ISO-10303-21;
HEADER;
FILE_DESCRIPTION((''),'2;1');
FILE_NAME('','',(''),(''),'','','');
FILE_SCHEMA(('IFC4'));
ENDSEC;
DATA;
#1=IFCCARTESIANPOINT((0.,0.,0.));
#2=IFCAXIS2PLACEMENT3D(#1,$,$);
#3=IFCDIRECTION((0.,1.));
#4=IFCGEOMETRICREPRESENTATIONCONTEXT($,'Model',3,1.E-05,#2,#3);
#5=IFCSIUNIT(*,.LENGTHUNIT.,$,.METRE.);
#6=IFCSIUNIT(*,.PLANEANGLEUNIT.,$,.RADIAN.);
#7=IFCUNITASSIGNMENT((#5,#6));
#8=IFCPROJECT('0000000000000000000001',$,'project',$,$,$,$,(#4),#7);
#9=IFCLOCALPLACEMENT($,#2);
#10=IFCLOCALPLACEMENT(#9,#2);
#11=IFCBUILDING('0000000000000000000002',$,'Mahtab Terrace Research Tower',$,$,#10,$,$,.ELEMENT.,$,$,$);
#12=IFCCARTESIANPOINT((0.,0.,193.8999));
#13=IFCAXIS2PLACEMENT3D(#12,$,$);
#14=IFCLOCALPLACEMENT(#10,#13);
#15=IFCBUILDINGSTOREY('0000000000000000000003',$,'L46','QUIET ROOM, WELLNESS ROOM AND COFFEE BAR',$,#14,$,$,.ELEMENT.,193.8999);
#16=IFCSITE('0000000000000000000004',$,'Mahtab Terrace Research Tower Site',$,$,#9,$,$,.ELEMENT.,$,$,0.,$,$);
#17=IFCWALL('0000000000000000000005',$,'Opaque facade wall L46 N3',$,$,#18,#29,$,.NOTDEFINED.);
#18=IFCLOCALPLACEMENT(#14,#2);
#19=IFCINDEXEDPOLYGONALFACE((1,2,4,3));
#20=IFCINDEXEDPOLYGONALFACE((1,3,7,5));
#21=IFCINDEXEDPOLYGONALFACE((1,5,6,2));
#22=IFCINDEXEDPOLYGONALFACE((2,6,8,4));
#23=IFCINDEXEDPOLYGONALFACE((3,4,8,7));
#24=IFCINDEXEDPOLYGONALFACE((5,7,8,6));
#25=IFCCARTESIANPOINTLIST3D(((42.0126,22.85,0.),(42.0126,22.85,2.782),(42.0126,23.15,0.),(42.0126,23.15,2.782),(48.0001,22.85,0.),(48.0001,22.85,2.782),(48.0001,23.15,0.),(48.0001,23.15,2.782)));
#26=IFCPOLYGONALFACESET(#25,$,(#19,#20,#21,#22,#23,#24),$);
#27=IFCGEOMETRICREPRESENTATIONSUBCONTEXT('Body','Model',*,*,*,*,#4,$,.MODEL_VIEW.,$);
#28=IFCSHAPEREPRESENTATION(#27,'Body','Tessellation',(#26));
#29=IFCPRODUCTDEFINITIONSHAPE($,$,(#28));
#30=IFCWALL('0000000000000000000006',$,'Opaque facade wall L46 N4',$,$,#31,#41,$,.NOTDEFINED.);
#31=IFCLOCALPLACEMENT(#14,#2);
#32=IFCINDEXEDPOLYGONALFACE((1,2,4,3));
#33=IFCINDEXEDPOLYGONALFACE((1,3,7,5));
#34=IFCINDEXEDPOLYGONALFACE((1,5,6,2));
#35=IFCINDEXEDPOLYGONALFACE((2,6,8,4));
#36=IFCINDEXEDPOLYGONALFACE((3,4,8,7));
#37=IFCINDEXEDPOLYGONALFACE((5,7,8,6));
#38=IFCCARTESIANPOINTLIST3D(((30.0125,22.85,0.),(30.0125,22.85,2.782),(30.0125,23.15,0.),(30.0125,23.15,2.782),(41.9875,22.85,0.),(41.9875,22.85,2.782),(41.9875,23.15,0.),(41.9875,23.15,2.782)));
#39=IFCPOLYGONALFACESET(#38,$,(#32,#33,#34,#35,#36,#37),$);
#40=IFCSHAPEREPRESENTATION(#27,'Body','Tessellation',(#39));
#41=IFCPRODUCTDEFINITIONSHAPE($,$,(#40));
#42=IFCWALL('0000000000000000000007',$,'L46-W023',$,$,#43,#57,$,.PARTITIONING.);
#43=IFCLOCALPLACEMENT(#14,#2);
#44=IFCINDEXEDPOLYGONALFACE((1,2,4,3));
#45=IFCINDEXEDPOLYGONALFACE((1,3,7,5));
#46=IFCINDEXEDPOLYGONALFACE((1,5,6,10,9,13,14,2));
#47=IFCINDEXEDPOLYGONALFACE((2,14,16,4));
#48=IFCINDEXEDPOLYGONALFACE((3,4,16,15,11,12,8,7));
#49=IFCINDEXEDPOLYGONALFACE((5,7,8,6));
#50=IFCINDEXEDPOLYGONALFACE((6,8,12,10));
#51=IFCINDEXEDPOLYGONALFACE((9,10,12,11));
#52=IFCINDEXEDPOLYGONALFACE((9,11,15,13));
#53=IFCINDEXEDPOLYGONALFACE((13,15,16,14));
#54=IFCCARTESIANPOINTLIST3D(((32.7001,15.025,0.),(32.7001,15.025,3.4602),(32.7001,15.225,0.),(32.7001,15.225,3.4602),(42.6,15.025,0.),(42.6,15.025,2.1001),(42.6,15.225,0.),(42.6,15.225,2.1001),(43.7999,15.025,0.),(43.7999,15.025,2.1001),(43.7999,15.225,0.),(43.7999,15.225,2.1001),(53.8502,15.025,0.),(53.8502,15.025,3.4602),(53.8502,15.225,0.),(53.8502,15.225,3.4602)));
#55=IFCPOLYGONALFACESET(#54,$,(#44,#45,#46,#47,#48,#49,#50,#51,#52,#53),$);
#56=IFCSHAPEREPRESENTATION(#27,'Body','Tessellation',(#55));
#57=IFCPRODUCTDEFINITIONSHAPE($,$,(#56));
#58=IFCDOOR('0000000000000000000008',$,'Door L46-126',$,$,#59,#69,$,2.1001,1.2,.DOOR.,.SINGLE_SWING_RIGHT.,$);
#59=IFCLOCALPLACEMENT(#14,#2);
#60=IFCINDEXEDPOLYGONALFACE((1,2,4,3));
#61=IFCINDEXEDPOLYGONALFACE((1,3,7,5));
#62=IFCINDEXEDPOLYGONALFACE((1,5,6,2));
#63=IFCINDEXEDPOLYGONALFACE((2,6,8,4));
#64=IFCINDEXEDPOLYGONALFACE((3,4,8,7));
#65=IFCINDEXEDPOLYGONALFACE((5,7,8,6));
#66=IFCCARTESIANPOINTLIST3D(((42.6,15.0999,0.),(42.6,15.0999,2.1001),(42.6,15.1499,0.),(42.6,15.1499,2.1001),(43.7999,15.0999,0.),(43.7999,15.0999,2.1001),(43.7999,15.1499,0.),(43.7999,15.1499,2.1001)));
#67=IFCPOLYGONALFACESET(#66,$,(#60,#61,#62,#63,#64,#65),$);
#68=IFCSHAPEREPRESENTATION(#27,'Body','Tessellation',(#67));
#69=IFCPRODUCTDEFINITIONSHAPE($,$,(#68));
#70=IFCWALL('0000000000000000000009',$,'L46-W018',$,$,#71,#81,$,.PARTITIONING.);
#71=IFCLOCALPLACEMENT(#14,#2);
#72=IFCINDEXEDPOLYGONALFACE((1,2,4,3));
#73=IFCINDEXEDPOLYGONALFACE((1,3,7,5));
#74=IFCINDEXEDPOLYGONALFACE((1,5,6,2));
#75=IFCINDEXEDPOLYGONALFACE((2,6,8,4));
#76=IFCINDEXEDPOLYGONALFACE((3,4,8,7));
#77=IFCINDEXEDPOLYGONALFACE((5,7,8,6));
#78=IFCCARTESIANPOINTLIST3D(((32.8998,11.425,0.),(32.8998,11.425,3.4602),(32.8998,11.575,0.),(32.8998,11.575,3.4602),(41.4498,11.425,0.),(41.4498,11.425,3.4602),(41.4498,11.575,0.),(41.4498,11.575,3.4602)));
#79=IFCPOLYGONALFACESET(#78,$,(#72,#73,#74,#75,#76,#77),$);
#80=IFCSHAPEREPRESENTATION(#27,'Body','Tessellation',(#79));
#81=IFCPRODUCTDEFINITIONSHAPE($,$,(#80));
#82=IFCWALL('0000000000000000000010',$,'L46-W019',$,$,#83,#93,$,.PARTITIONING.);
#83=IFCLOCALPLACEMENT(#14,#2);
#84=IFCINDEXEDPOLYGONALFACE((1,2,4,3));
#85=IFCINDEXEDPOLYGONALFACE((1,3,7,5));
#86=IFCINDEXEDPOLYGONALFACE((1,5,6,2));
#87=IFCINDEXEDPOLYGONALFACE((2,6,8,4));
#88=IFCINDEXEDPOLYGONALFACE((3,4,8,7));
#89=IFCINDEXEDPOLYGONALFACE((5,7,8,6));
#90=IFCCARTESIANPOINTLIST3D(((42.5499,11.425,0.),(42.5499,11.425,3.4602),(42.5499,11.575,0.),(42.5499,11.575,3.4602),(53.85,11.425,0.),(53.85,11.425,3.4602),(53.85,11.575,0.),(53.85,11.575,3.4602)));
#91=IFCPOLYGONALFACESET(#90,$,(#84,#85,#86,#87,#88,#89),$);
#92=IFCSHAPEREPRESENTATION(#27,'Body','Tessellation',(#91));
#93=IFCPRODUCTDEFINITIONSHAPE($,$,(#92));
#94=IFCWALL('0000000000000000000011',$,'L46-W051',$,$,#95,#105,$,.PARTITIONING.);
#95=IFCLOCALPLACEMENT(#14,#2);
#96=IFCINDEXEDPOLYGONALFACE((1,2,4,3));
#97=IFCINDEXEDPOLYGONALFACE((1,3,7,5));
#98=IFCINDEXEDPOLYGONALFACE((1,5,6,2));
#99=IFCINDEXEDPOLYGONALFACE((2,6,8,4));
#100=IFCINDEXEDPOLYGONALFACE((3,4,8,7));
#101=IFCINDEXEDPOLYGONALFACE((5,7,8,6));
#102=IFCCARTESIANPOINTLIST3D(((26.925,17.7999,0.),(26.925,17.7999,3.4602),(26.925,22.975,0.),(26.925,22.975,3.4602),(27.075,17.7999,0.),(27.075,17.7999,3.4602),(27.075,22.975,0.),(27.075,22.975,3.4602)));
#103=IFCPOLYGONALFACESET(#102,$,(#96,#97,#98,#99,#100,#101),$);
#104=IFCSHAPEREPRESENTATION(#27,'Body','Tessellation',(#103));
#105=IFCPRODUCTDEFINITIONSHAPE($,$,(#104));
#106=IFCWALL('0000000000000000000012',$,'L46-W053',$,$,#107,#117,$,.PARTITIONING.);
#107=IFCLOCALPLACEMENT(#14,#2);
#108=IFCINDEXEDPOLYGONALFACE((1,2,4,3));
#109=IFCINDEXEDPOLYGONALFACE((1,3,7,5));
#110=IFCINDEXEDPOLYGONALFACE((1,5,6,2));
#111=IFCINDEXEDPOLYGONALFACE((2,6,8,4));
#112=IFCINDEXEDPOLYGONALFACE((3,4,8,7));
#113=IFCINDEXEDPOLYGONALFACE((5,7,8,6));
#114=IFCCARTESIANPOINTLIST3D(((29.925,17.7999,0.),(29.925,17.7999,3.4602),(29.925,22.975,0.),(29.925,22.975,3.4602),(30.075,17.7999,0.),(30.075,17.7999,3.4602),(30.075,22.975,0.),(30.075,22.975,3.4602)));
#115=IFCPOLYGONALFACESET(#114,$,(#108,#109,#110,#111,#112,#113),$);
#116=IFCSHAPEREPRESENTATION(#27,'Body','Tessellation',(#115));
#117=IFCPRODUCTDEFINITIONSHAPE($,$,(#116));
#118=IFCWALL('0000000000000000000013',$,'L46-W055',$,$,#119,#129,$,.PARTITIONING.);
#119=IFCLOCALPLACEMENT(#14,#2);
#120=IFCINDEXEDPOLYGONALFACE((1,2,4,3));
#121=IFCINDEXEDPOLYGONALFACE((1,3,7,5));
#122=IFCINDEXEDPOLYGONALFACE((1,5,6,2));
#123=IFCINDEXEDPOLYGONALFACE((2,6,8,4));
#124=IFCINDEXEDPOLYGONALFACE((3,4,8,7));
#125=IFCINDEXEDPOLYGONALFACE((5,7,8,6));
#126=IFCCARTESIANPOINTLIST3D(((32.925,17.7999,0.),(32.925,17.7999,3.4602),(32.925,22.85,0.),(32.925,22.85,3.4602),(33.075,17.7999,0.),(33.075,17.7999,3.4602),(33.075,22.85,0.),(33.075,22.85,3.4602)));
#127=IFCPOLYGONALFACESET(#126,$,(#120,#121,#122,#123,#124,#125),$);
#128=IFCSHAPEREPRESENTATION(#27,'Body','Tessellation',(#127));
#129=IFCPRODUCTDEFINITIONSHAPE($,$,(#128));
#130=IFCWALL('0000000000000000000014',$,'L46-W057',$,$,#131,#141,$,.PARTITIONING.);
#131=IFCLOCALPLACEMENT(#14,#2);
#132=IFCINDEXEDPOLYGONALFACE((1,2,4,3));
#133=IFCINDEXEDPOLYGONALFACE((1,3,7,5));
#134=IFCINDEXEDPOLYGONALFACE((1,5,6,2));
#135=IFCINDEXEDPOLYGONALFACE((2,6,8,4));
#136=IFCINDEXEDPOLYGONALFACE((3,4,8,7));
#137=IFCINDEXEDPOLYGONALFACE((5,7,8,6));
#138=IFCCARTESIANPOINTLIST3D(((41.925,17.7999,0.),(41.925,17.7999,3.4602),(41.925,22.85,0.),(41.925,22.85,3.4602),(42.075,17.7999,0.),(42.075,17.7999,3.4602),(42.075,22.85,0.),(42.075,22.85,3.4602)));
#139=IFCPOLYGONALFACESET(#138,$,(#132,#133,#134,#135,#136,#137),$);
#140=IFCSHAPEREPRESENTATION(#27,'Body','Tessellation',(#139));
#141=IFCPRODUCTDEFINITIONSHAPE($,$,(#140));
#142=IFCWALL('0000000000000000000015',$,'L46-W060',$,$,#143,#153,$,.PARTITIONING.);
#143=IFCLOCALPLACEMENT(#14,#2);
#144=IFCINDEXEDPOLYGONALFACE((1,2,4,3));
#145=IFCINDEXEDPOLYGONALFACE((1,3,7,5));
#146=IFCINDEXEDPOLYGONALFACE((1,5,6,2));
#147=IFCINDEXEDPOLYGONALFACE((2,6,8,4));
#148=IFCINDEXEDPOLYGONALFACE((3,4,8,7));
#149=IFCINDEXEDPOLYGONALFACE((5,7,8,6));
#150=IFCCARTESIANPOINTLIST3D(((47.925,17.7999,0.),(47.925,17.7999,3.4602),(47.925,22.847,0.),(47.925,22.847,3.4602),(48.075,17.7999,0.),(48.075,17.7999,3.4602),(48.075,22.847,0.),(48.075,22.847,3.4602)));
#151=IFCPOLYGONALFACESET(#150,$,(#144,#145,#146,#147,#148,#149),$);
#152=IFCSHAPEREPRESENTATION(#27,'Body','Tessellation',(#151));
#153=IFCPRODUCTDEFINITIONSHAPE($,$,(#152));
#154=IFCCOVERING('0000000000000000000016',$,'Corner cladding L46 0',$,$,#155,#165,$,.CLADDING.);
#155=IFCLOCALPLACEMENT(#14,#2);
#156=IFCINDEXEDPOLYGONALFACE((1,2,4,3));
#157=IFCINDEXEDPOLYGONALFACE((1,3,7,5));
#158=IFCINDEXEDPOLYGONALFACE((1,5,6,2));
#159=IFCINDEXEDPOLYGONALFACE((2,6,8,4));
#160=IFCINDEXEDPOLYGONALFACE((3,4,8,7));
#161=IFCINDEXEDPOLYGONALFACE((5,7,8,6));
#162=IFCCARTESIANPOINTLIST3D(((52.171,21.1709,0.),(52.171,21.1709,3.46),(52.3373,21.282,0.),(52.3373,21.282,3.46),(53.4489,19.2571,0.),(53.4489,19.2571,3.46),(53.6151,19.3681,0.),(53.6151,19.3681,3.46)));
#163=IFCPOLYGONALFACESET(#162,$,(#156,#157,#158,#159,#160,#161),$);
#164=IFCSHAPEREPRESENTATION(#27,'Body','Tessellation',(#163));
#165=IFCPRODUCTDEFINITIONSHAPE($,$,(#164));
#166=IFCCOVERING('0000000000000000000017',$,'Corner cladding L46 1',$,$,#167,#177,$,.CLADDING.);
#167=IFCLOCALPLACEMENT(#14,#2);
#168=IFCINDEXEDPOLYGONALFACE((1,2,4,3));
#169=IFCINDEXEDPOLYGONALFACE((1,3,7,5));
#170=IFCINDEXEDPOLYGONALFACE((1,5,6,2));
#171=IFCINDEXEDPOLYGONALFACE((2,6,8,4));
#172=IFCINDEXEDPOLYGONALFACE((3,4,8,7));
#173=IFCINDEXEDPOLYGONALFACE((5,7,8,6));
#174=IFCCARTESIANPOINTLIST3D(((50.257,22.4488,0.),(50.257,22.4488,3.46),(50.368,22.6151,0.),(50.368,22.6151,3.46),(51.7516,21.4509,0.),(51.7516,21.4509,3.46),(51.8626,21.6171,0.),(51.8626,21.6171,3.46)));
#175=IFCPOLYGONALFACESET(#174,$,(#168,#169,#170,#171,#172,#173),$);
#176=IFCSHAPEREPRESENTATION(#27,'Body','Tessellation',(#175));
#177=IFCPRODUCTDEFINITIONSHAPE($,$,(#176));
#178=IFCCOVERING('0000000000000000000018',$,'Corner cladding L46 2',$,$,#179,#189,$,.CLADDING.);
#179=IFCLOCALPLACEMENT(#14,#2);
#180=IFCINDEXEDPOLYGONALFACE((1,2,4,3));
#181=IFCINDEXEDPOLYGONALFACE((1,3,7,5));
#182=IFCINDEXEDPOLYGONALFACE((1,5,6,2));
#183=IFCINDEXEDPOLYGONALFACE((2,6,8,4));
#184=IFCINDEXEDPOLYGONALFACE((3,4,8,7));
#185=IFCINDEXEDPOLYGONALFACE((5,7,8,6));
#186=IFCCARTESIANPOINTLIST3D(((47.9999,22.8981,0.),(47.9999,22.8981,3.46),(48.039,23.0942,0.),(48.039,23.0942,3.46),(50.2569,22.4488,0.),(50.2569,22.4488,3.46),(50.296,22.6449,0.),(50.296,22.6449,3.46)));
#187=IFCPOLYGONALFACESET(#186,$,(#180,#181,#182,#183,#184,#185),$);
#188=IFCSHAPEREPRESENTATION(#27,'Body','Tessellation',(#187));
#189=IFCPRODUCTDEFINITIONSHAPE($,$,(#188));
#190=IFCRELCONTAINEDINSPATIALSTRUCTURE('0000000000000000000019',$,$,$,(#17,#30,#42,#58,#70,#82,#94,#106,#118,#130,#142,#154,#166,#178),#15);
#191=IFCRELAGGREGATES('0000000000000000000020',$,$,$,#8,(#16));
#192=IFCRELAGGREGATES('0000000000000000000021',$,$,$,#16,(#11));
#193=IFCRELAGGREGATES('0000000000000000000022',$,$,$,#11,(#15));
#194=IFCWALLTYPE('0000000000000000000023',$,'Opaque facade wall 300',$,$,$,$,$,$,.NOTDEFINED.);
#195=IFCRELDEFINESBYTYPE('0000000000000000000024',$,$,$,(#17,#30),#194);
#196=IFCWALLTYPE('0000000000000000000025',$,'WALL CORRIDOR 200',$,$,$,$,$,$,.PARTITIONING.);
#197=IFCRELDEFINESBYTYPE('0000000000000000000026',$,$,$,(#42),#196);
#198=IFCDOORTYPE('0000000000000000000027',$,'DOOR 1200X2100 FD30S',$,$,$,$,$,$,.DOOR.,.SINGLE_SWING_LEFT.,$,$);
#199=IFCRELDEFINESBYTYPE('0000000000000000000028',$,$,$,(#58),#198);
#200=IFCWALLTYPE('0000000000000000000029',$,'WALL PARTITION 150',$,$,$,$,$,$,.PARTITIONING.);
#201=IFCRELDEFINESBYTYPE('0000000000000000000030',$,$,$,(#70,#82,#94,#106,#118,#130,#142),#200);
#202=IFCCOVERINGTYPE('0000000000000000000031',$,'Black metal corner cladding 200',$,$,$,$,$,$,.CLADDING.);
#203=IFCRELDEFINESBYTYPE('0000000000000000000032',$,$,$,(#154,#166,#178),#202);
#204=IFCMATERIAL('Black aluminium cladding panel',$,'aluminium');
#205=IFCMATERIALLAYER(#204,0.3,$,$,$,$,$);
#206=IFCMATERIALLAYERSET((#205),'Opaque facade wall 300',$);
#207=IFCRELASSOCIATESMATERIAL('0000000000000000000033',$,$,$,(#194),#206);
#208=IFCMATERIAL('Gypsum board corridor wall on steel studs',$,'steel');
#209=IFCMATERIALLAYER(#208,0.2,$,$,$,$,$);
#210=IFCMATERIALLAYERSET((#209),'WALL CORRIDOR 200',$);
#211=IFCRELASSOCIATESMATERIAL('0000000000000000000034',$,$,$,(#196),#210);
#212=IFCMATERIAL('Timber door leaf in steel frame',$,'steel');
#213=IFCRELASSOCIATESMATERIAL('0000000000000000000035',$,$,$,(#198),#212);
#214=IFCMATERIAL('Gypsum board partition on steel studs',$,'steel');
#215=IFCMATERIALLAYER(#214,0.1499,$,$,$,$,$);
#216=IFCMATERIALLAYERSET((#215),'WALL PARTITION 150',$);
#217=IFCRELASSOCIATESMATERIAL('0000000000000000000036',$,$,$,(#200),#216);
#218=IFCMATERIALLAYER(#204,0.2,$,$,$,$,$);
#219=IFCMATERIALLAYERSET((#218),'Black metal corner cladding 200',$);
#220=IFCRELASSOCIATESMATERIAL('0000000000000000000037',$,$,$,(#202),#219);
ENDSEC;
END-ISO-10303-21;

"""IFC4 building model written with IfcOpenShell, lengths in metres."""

from ifc_helpers import new_model, si_unit, direction, frame, frame_2d, origin, origin_2d, place, context, subcontext, project, spatial, rectangle, extrude, material, layer, layer_set, type_object, element, fill, save


model = new_model("IFC4")

# Units and contexts
model_context = context("Model", 3, precision=1e-05, world=origin(), true_north=direction((0.0, 1.0)))
body_context = subcontext(model_context, "Body", "Model", "MODEL_VIEW")
ifc_project = project(units=[si_unit("LENGTHUNIT", "METRE"), si_unit("PLANEANGLEUNIT", "RADIAN")], contexts=[model_context])

# Site, building, storey
site_placement = place(None, origin())
site = spatial("IfcSite", under=ifc_project, at=site_placement, Name="Mahtab Terrace Research Tower Site", CompositionType="ELEMENT", RefElevation=0.0)
building_placement = place(site_placement, origin())
building = spatial("IfcBuilding", under=site, at=building_placement, Name="Mahtab Terrace Research Tower", CompositionType="ELEMENT")
storey_placement = place(building_placement, frame((0.0, 0.0, 193.8999)))
storey = spatial("IfcBuildingStorey", under=building, at=storey_placement, Name="L46", Description="QUIET ROOM, WELLNESS ROOM AND COFFEE BAR", CompositionType="ELEMENT", Elevation=193.8999)

# Walls
ifc_material_1 = material(Name="Black aluminium cladding panel", Category="aluminium")
ifc_layer_1 = layer(ifc_material_1, 0.3)
ifc_layer_set_1 = layer_set([ifc_layer_1], Name="Opaque facade wall 300")
wall_type_1 = type_object("IfcWallType", Name="Opaque facade wall 300", PredefinedType="NOTDEFINED", material=ifc_layer_set_1)
wall_1_placement = place(storey_placement, frame((48.0, 23.0, 0.0), z_axis=(0.0, 0.0, 1.0), x_axis=(-1.0, 0.0, 0.0)))
element("IfcWall", 1, at=wall_1_placement, inside=storey, type_object=wall_type_1, Name="Opaque facade wall L46 N3", PredefinedType="NOTDEFINED", context=body_context, shape_type="SweptSolid", body=[
    extrude(rectangle(XDim=5.9875, YDim=0.3, at=frame_2d((2.9937, 0.0))), origin(), (0.0, 0.0, 1.0), 2.782),
])
wall_2_placement = place(storey_placement, frame((41.9875, 23.0, 0.0), z_axis=(0.0, 0.0, 1.0), x_axis=(-1.0, 0.0, 0.0)))
element("IfcWall", 2, at=wall_2_placement, inside=storey, type_object=wall_type_1, Name="Opaque facade wall L46 N4", PredefinedType="NOTDEFINED", context=body_context, shape_type="SweptSolid", body=[
    extrude(rectangle(XDim=11.9751, YDim=0.3, at=frame_2d((5.9875, 0.0))), origin(), (0.0, 0.0, 1.0), 2.782),
])

# Wall, opening, door
ifc_material_2 = material(Name="Gypsum board corridor wall on steel studs", Category="steel")
ifc_layer_2 = layer(ifc_material_2, 0.2)
ifc_layer_set_2 = layer_set([ifc_layer_2], Name="WALL CORRIDOR 200")
wall_type_2 = type_object("IfcWallType", Name="WALL CORRIDOR 200", PredefinedType="PARTITIONING", material=ifc_layer_set_2)
wall_3_placement = place(storey_placement, frame((32.7, 15.125, 0.0), z_axis=(0.0, 0.0, 1.0), x_axis=(1.0, 0.0, 0.0)))
wall_3 = element("IfcWall", 3, at=wall_3_placement, inside=storey, type_object=wall_type_2, Name="L46-W023", PredefinedType="PARTITIONING", context=body_context, shape_type="SweptSolid", body=[
    extrude(rectangle(XDim=21.1501, YDim=0.2, at=frame_2d((10.5752, 0.0))), origin(), (0.0, 0.0, 1.0), 3.4602),
])
opening_placement = place(wall_3_placement, frame((9.8999, 0.0, 0.0)))
opening = element("IfcOpeningElement", 4, at=opening_placement, cuts=wall_3, PredefinedType="OPENING", context=body_context, shape_type="SweptSolid", body=[
    extrude(rectangle(XDim=1.2, YDim=2.1001, at=frame_2d((0.6001, 1.05))), frame((0.0, 0.1099, 0.0), z_axis=(0.0, -1.0, 0.0), x_axis=(1.0, 0.0, 0.0)), (0.0, 0.0, 1.0), 0.22),
])
ifc_material_3 = material(Name="Timber door leaf in steel frame", Category="steel")
door_type = type_object("IfcDoorType", Name="DOOR 1200X2100 FD30S", OperationType="SINGLE_SWING_LEFT", PredefinedType="DOOR", material=ifc_material_3)
door_placement = place(opening_placement, origin())
door = element("IfcDoor", 5, at=door_placement, inside=storey, type_object=door_type, Name="Door L46-126", OperationType="SINGLE_SWING_RIGHT", OverallHeight=2.1001, OverallWidth=1.2, PredefinedType="DOOR", context=body_context, shape_type="SweptSolid", body=[
    extrude(rectangle(XDim=1.2, YDim=2.1001, at=frame_2d((0.6001, 1.05))), frame((0.0, 0.0249, 0.0), z_axis=(0.0, -1.0, 0.0), x_axis=(1.0, 0.0, 0.0)), (0.0, 0.0, 1.0), 0.05),
])
fill(opening, door)

# Walls
ifc_material_4 = material(Name="Gypsum board partition on steel studs", Category="steel")
ifc_layer_3 = layer(ifc_material_4, 0.1499)
ifc_layer_set_3 = layer_set([ifc_layer_3], Name="WALL PARTITION 150")
wall_type_3 = type_object("IfcWallType", Name="WALL PARTITION 150", PredefinedType="PARTITIONING", material=ifc_layer_set_3)
wall_4_placement = place(storey_placement, frame((32.8999, 11.5, 0.0), z_axis=(0.0, 0.0, 1.0), x_axis=(1.0, 0.0, 0.0)))
element("IfcWall", 6, at=wall_4_placement, inside=storey, type_object=wall_type_3, Name="L46-W018", PredefinedType="PARTITIONING", context=body_context, shape_type="SweptSolid", body=[
    extrude(rectangle(XDim=8.55, YDim=0.1499, at=frame_2d((4.2749, 0.0))), origin(), (0.0, 0.0, 1.0), 3.4602),
])
wall_5_placement = place(storey_placement, frame((42.55, 11.5, 0.0), z_axis=(0.0, 0.0, 1.0), x_axis=(1.0, 0.0, 0.0)))
element("IfcWall", 7, at=wall_5_placement, inside=storey, type_object=wall_type_3, Name="L46-W019", PredefinedType="PARTITIONING", context=body_context, shape_type="SweptSolid", body=[
    extrude(rectangle(XDim=11.3, YDim=0.1499, at=frame_2d((5.6499, 0.0))), origin(), (0.0, 0.0, 1.0), 3.4602),
])
for number, where, z_axis, x_axis, name in (
    (8, (27.0, 17.8, 0.0), (0.0, 0.0, 1.0), (0.0, 1.0, 0.0), "L46-W051"),
    (9, (30.0, 17.8, 0.0), (0.0, 0.0, 1.0), (0.0, 1.0, 0.0), "L46-W053"),
):
    element("IfcWall", number, at=place(storey_placement, frame(where, z_axis=z_axis, x_axis=x_axis)), inside=storey, type_object=wall_type_3, Name=name, PredefinedType="PARTITIONING", context=body_context, shape_type="SweptSolid", body=[
        extrude(rectangle(XDim=5.175, YDim=0.1499, at=frame_2d((2.5874, 0.0))), origin(), (0.0, 0.0, 1.0), 3.4602),
    ])
for number, where, z_axis, x_axis, name in (
    (10, (33.0, 17.8, 0.0), (0.0, 0.0, 1.0), (0.0, 1.0, 0.0), "L46-W055"),
    (11, (42.0, 17.8, 0.0), (0.0, 0.0, 1.0), (0.0, 1.0, 0.0), "L46-W057"),
):
    element("IfcWall", number, at=place(storey_placement, frame(where, z_axis=z_axis, x_axis=x_axis)), inside=storey, type_object=wall_type_3, Name=name, PredefinedType="PARTITIONING", context=body_context, shape_type="SweptSolid", body=[
        extrude(rectangle(XDim=5.05, YDim=0.1499, at=frame_2d((2.5249, 0.0))), origin(), (0.0, 0.0, 1.0), 3.4602),
    ])
wall_6_placement = place(storey_placement, frame((48.0, 17.8, 0.0), z_axis=(0.0, 0.0, 1.0), x_axis=(0.0, 1.0, 0.0)))
element("IfcWall", 12, at=wall_6_placement, inside=storey, type_object=wall_type_3, Name="L46-W060", PredefinedType="PARTITIONING", context=body_context, shape_type="SweptSolid", body=[
    extrude(rectangle(XDim=5.0471, YDim=0.1499, at=frame_2d((2.5234, 0.0))), origin(), (0.0, 0.0, 1.0), 3.4602),
])

# Coverings
ifc_layer_4 = layer(ifc_material_1, 0.2)
ifc_layer_set_4 = layer_set([ifc_layer_4], Name="Black metal corner cladding 200")
covering_type_1 = type_object("IfcCoveringType", Name="Black metal corner cladding 200", PredefinedType="CLADDING", material=ifc_layer_set_4)
covering_1_placement = place(storey_placement, frame((52.8931, 20.2695, 0.0), z_axis=(0.0, 0.0, 1.0), x_axis=(-0.555291, 0.831656, 0.0)))
element("IfcCovering", 13, at=covering_1_placement, inside=storey, type_object=covering_type_1, Name="Corner cladding L46 0", PredefinedType="CLADDING", context=body_context, shape_type="SweptSolid", body=[
    extrude(rectangle(XDim=2.3013, YDim=0.2, at=origin_2d()), origin(), (0.0, 0.0, 1.0), 3.46),
])
covering_2_placement = place(storey_placement, frame((51.0598, 22.033, 0.0), z_axis=(0.0, 0.0, 1.0), x_axis=(-0.831656, 0.555291, 0.0)))
element("IfcCovering", 14, at=covering_2_placement, inside=storey, type_object=covering_type_1, Name="Corner cladding L46 1", PredefinedType="CLADDING", context=body_context, shape_type="SweptSolid", body=[
    extrude(rectangle(XDim=1.7971, YDim=0.2, at=origin_2d()), origin(), (0.0, 0.0, 1.0), 3.46),
])
for number, where, z_axis, x_axis, name in (
    (15, (49.1479, 22.7715, 0.0), (0.0, 0.0, 1.0), (-0.980761, 0.195212, 0.0), "Corner cladding L46 2"),
):
    element("IfcCovering", number, at=place(storey_placement, frame(where, z_axis=z_axis, x_axis=x_axis)), inside=storey, type_object=covering_type_1, Name=name, PredefinedType="CLADDING", context=body_context, shape_type="SweptSolid", body=[
        extrude(rectangle(XDim=2.3013, YDim=0.2, at=origin_2d()), origin(), (0.0, 0.0, 1.0), 3.46),
    ])

save(model, "model.ifc")
